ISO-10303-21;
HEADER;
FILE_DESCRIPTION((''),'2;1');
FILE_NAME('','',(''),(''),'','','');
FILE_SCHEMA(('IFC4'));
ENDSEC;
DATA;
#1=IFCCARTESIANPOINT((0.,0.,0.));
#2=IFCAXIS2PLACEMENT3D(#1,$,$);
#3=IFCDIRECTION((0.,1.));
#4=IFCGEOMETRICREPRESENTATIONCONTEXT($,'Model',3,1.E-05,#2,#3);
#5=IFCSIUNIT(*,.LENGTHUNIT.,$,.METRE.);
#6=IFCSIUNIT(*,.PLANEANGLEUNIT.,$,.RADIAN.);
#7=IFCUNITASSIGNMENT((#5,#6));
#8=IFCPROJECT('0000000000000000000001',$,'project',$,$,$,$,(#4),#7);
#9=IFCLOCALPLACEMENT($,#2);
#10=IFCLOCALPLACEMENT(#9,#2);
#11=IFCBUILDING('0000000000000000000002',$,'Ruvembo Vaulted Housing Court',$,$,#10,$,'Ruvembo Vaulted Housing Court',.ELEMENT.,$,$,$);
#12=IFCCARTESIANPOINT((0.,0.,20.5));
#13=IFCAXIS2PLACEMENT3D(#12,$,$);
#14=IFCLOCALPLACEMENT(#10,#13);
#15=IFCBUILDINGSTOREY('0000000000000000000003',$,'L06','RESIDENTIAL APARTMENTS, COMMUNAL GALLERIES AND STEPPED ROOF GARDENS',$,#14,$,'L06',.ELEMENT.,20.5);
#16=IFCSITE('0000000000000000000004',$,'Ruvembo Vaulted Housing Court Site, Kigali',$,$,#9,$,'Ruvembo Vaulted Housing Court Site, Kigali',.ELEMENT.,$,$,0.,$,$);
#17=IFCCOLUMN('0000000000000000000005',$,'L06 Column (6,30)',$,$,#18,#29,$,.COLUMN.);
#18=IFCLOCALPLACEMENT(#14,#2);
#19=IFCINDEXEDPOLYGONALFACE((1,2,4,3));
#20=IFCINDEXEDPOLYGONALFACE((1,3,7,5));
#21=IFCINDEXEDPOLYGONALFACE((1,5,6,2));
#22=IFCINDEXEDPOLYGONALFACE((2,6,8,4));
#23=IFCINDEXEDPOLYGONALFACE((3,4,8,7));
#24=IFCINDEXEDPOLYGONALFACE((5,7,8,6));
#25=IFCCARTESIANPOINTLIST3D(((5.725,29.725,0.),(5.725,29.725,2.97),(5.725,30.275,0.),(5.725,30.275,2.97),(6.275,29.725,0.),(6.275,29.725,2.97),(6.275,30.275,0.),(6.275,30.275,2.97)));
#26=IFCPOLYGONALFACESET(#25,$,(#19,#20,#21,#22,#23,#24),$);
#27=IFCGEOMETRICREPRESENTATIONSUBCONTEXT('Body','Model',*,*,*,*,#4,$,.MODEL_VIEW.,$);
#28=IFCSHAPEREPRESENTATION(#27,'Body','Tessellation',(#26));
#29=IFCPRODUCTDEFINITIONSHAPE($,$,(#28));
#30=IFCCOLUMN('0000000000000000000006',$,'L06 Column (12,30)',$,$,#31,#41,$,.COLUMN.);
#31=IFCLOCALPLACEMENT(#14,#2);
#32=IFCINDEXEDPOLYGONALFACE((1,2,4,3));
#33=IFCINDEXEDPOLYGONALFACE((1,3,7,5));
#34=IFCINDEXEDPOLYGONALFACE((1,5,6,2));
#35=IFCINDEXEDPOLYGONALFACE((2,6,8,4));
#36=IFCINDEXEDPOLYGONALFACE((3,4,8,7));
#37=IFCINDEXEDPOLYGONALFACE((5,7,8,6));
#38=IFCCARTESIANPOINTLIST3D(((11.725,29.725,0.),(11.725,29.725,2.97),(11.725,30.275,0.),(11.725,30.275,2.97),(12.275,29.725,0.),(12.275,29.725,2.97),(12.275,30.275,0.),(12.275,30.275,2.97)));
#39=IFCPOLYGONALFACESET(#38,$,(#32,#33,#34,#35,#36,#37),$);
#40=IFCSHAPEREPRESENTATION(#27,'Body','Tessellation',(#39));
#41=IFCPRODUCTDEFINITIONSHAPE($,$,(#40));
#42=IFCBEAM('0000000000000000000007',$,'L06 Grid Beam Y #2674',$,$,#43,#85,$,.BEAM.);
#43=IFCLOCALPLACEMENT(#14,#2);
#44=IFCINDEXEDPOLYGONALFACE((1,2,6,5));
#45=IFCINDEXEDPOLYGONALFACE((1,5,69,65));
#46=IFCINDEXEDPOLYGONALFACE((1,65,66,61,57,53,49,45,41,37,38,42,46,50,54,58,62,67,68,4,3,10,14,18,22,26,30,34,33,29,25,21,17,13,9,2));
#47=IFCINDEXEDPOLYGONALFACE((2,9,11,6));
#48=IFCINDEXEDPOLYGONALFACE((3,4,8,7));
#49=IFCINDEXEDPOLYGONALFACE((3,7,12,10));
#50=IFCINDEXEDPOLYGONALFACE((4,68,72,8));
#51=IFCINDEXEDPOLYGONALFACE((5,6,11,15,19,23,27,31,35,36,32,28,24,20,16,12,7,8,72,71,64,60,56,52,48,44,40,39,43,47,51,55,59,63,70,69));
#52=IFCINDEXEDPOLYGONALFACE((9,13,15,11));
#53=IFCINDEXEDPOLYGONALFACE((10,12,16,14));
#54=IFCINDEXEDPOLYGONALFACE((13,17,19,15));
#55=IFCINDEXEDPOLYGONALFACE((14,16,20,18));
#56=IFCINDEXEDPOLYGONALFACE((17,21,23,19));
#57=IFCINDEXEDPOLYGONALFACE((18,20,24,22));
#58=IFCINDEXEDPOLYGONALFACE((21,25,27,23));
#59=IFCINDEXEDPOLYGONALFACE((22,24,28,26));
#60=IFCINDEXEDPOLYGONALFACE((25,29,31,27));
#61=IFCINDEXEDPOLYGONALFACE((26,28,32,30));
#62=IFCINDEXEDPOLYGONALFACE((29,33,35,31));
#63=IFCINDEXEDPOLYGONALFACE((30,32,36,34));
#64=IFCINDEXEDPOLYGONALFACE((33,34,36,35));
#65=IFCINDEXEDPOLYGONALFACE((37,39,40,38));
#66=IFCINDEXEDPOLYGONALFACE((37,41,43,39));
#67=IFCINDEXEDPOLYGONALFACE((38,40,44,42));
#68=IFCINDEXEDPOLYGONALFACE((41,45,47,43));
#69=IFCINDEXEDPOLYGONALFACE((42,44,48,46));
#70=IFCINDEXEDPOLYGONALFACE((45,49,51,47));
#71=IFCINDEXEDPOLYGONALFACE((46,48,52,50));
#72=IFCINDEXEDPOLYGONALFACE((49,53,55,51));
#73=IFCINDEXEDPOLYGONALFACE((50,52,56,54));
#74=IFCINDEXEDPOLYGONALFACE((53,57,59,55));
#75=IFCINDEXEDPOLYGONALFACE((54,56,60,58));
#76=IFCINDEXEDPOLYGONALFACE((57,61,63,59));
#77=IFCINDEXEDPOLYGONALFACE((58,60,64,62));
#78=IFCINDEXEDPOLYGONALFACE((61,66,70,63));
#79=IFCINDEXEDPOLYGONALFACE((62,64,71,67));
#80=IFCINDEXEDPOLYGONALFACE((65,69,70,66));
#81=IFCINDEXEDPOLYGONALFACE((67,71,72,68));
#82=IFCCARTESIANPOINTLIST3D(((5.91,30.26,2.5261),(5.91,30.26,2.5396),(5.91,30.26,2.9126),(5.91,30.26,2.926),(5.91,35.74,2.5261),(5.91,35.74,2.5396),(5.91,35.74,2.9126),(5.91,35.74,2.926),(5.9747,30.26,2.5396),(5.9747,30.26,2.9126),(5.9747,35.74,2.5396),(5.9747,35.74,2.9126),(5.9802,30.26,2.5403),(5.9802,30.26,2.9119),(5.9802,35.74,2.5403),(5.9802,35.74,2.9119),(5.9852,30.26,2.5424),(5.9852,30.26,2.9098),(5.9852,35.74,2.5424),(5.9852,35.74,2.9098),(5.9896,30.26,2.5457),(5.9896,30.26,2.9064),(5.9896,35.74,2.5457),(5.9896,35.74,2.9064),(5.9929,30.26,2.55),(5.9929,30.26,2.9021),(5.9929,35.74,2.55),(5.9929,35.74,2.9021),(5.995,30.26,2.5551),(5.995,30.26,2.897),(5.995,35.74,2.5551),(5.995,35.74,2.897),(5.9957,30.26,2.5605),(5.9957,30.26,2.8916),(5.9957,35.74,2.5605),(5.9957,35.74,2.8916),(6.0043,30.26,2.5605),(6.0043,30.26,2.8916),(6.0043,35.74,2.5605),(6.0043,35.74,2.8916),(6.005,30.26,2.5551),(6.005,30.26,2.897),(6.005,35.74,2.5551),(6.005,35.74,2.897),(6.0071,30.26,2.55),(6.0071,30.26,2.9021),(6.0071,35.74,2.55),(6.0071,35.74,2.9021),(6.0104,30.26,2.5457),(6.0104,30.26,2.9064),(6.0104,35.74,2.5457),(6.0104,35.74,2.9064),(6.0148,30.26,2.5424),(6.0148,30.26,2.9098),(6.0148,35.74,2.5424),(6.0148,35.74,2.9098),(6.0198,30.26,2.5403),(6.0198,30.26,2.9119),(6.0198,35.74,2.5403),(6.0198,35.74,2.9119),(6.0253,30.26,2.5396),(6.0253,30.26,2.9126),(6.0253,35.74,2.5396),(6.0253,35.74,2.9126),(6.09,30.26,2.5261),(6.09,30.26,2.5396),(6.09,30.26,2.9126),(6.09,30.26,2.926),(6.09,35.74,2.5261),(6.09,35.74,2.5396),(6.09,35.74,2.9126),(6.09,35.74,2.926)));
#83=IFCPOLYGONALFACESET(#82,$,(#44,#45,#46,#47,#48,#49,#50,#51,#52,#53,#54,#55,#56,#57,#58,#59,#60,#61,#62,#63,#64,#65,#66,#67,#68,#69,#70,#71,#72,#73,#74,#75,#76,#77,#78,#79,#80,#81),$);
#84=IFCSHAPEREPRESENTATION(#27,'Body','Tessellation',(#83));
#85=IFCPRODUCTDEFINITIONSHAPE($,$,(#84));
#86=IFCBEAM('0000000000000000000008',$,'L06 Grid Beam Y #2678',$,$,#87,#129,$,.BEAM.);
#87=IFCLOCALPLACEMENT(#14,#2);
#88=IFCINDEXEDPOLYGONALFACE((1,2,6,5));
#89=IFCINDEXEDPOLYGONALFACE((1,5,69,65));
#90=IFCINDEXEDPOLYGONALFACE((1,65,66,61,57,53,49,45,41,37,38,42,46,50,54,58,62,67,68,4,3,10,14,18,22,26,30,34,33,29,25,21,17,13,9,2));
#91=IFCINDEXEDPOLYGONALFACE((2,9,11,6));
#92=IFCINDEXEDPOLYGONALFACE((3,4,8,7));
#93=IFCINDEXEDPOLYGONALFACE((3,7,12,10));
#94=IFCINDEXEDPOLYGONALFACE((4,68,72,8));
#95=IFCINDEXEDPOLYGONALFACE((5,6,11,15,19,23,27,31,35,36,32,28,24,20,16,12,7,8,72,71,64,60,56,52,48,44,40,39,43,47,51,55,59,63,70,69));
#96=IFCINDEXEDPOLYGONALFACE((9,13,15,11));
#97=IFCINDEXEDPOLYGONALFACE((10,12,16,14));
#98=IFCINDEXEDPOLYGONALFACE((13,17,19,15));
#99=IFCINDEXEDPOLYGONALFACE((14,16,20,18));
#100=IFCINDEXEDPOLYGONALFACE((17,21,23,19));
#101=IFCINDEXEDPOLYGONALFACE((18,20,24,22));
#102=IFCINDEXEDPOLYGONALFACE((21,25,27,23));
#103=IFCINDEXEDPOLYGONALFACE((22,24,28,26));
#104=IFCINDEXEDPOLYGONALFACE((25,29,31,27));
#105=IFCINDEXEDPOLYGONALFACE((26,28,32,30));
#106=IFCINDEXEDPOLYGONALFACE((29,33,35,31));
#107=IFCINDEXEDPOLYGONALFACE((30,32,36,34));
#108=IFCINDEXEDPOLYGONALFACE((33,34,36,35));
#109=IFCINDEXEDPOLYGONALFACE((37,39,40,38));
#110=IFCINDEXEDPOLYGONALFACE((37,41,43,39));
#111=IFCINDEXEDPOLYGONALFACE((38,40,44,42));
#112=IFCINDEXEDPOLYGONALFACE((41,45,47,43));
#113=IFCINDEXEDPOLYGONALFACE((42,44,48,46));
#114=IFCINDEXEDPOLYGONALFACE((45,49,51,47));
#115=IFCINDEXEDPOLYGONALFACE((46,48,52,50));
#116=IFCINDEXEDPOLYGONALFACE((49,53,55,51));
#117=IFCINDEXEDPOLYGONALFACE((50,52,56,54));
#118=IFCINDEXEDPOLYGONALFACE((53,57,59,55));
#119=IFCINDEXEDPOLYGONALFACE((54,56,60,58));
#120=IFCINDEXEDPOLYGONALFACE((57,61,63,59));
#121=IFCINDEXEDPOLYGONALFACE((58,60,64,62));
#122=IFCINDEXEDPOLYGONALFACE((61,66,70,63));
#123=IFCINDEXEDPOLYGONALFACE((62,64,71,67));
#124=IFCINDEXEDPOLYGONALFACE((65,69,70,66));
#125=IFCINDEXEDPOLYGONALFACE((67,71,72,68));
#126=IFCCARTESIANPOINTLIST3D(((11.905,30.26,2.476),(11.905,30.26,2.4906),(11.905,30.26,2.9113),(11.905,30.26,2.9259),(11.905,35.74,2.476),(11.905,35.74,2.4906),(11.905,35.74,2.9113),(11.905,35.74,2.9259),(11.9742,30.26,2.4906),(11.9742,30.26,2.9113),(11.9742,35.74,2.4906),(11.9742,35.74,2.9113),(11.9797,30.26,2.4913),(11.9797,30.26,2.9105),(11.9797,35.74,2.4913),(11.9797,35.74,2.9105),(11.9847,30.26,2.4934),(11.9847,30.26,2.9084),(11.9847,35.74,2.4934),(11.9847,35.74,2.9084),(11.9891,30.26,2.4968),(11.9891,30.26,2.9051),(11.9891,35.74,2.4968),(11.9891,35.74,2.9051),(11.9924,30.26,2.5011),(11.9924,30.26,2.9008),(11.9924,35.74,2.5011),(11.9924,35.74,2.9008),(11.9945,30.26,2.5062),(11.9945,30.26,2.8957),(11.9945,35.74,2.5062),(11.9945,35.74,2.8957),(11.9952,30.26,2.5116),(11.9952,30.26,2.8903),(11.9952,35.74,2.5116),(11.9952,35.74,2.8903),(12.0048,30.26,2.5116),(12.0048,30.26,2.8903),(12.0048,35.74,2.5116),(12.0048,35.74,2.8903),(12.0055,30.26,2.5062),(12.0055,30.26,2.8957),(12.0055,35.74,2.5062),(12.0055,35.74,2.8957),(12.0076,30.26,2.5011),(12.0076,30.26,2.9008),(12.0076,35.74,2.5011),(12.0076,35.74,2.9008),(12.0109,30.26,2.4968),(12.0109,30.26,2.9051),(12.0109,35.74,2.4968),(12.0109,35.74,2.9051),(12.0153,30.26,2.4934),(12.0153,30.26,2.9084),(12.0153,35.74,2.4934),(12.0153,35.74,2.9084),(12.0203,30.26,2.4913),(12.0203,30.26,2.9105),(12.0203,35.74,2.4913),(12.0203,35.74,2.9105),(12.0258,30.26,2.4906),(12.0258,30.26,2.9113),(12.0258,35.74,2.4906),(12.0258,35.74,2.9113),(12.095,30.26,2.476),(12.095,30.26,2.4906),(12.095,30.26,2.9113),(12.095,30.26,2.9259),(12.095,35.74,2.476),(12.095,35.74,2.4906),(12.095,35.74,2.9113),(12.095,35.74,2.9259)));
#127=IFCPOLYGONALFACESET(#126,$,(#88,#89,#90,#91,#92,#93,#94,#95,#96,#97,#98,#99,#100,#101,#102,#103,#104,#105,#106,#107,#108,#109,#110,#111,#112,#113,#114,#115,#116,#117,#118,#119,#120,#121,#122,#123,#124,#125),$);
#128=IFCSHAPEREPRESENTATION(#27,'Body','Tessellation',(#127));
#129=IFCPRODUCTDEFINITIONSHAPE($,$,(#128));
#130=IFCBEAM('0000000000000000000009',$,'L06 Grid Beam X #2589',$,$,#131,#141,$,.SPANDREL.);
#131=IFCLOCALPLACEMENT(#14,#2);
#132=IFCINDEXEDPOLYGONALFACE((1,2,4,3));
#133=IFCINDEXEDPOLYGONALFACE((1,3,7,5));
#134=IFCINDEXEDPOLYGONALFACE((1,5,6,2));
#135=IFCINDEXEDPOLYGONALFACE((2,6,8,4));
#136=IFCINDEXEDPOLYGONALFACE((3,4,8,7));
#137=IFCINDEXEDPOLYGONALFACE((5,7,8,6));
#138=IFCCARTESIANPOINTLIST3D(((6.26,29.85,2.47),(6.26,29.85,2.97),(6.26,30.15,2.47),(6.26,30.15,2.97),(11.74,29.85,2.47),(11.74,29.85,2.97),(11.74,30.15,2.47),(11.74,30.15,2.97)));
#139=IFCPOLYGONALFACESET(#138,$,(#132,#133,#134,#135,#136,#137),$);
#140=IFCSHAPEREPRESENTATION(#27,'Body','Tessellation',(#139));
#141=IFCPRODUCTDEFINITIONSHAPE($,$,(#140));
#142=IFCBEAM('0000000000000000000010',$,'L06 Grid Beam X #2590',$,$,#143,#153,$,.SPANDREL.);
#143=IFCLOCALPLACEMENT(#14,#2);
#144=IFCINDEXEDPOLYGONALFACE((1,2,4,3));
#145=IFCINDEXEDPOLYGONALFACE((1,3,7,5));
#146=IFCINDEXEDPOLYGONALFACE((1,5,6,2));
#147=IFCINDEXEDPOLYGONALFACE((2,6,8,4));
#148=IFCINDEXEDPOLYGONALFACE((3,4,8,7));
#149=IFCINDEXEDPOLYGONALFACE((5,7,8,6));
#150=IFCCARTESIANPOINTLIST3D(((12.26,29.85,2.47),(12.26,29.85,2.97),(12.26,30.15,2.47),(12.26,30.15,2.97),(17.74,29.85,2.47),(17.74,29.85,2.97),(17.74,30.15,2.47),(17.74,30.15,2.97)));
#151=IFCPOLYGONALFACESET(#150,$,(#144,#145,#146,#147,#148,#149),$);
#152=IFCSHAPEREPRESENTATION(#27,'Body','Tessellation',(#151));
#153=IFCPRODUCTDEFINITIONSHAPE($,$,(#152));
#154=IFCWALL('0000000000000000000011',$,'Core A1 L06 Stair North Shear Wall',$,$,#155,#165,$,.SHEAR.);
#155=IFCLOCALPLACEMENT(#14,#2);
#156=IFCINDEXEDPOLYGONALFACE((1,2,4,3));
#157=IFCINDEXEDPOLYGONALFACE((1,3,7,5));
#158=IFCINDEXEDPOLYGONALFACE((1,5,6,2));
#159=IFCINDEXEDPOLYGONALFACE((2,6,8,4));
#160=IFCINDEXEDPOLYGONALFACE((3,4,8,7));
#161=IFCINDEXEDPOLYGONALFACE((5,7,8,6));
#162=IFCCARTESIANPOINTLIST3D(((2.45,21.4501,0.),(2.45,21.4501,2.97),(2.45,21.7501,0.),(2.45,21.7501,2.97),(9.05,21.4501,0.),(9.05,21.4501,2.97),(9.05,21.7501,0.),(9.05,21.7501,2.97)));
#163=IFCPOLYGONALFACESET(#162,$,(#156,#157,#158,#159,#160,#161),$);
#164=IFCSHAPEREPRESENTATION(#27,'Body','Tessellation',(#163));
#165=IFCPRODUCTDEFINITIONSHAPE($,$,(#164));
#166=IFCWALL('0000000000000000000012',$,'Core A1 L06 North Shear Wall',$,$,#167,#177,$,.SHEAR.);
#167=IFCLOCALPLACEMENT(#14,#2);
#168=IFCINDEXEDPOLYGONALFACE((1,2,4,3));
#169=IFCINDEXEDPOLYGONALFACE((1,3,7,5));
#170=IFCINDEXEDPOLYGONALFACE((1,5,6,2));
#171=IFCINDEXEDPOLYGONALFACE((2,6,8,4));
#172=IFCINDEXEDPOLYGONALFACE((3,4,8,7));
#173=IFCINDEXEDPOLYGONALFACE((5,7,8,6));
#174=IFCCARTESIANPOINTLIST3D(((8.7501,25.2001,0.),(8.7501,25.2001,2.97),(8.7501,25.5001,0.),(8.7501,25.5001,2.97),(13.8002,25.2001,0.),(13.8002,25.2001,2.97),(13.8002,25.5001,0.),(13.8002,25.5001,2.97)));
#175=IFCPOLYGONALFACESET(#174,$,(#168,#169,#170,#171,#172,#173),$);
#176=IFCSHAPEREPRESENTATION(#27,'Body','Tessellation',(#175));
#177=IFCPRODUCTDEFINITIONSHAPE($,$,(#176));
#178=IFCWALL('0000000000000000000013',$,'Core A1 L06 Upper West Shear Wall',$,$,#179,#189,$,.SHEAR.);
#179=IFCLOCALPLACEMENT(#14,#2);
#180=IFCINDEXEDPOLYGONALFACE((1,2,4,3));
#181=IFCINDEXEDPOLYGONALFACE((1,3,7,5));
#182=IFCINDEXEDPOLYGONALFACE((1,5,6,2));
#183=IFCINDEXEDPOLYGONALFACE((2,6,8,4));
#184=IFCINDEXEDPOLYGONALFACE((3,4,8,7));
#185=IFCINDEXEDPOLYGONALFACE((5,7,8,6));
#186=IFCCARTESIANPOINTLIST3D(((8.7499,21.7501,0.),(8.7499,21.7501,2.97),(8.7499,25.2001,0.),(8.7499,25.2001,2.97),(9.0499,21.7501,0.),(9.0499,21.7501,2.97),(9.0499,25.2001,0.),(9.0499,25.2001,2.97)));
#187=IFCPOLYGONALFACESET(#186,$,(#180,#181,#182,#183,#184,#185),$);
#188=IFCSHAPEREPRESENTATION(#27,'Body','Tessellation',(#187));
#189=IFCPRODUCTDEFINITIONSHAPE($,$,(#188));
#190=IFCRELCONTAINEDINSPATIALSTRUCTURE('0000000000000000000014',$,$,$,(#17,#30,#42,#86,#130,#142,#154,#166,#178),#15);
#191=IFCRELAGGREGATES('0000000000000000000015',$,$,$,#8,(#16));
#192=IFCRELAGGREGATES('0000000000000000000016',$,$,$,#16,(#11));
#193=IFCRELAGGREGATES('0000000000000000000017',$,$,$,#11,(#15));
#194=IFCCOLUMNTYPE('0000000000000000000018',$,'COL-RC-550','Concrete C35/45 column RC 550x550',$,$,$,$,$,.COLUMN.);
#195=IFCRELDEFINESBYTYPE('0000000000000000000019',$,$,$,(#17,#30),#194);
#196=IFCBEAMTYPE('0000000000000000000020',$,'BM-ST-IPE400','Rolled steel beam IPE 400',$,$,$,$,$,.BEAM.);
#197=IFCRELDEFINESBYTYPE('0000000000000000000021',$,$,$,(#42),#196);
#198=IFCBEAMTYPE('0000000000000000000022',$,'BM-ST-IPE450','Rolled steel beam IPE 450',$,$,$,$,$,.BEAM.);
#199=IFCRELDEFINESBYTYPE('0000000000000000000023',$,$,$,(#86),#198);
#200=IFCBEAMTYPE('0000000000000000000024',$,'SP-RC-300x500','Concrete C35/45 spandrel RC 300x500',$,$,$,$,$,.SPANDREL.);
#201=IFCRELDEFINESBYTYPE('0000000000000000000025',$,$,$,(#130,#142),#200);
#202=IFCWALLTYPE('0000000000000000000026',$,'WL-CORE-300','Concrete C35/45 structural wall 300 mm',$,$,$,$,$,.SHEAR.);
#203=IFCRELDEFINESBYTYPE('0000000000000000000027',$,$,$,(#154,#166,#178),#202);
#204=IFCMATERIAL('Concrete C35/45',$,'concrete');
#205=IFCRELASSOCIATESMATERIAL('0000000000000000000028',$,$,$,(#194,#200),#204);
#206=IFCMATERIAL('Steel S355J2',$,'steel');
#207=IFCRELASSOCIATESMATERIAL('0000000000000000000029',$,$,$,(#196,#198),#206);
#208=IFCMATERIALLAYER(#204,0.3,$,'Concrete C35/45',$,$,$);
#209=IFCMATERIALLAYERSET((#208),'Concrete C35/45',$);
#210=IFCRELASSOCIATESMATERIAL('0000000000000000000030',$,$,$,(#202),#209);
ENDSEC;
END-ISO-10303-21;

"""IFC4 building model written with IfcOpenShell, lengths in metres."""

from ifc_helpers import new_model, si_unit, direction, frame, frame_2d, origin, origin_2d, place, context, subcontext, project, spatial, rectangle, i_section, extrude, material, layer, layer_set, material_profile, profile_set, type_object, element, save


model = new_model("IFC4")

# Units and contexts
model_context = context("Model", 3, precision=1e-05, world=origin(), true_north=direction((0.0, 1.0)))
body_context = subcontext(model_context, "Body", "Model", "MODEL_VIEW")
ifc_project = project(units=[si_unit("LENGTHUNIT", "METRE"), si_unit("PLANEANGLEUNIT", "RADIAN")], contexts=[model_context])

# Site, building, storey
site_placement = place(None, origin())
site = spatial("IfcSite", under=ifc_project, at=site_placement, Name="Ruvembo Vaulted Housing Court Site, Kigali", LongName="Ruvembo Vaulted Housing Court Site, Kigali", CompositionType="ELEMENT", RefElevation=0.0)
building_placement = place(site_placement, origin())
building = spatial("IfcBuilding", under=site, at=building_placement, Name="Ruvembo Vaulted Housing Court", LongName="Ruvembo Vaulted Housing Court", CompositionType="ELEMENT")
storey_placement = place(building_placement, frame((0.0, 0.0, 20.5)))
storey = spatial("IfcBuildingStorey", under=building, at=storey_placement, Name="L06", Description="RESIDENTIAL APARTMENTS, COMMUNAL GALLERIES AND STEPPED ROOF GARDENS", LongName="L06", CompositionType="ELEMENT", Elevation=20.5)

# Columns
ifc_material_1 = material(Name="Concrete C35/45", Category="concrete")
ifc_material_profile_1 = material_profile(ifc_material_1, rectangle(XDim=0.55, YDim=0.55, at=origin_2d()), Name="RC 550x550")
ifc_profile_set_1 = profile_set([ifc_material_profile_1], Name="Concrete C35/45")
column_type = type_object("IfcColumnType", Name="COL-RC-550", Description="Concrete C35/45 column RC 550x550", PredefinedType="COLUMN", material=ifc_profile_set_1)
for number, where, z_axis, x_axis, name in (
    (1, (6.0, 30.0, 0.0), (0.0, 0.0, 1.0), (1.0, 0.0, 0.0), "L06 Column (6,30)"),
    (2, (12.0, 30.0, 0.0), (0.0, 0.0, 1.0), (1.0, 0.0, 0.0), "L06 Column (12,30)"),
):
    element("IfcColumn", number, at=place(storey_placement, frame(where, z_axis=z_axis, x_axis=x_axis)), inside=storey, type_object=column_type, Name=name, PredefinedType="COLUMN", context=body_context, shape_type="SweptSolid", body=[
        extrude(rectangle(XDim=0.55, YDim=0.55, at=origin_2d()), origin(), (0.0, 0.0, 1.0), 2.97),
    ])

# Beams
ifc_material_2 = material(Name="Steel S355J2", Category="steel")
ifc_material_profile_2 = material_profile(ifc_material_2, i_section(OverallWidth=0.1799, OverallDepth=0.3999, WebThickness=0.0085, FlangeThickness=0.0134, FilletRadius=0.021, at=origin_2d()), Name="IPE 400")
ifc_profile_set_2 = profile_set([ifc_material_profile_2], Name="Steel S355J2")
beam_type_1 = type_object("IfcBeamType", Name="BM-ST-IPE400", Description="Rolled steel beam IPE 400", PredefinedType="BEAM", material=ifc_profile_set_2)
beam_1_placement = place(storey_placement, frame((6.0, 30.26, 2.7261), z_axis=(0.0, 1.0, 0.0), x_axis=(-1.0, 0.0, 0.0)))
element("IfcBeam", 3, at=beam_1_placement, inside=storey, type_object=beam_type_1, Name="L06 Grid Beam Y #2674", PredefinedType="BEAM", context=body_context, shape_type="SweptSolid", body=[
    extrude(i_section(OverallWidth=0.1799, OverallDepth=0.3999, WebThickness=0.0085, FlangeThickness=0.0134, FilletRadius=0.021, at=origin_2d()), origin(), (0.0, 0.0, 1.0), 5.48),
])
ifc_material_profile_3 = material_profile(ifc_material_2, i_section(OverallWidth=0.1899, OverallDepth=0.45, WebThickness=0.0095, FlangeThickness=0.0146, FilletRadius=0.021, at=origin_2d()), Name="IPE 450")
ifc_profile_set_3 = profile_set([ifc_material_profile_3], Name="Steel S355J2")
beam_type_2 = type_object("IfcBeamType", Name="BM-ST-IPE450", Description="Rolled steel beam IPE 450", PredefinedType="BEAM", material=ifc_profile_set_3)
beam_2_placement = place(storey_placement, frame((12.0, 30.26, 2.7009), z_axis=(0.0, 1.0, 0.0), x_axis=(-1.0, 0.0, 0.0)))
element("IfcBeam", 4, at=beam_2_placement, inside=storey, type_object=beam_type_2, Name="L06 Grid Beam Y #2678", PredefinedType="BEAM", context=body_context, shape_type="SweptSolid", body=[
    extrude(i_section(OverallWidth=0.1899, OverallDepth=0.45, WebThickness=0.0095, FlangeThickness=0.0146, FilletRadius=0.021, at=origin_2d()), origin(), (0.0, 0.0, 1.0), 5.48),
])
ifc_material_profile_4 = material_profile(ifc_material_1, rectangle(XDim=0.3, YDim=0.5, at=origin_2d()), Name="RC 300x500")
ifc_profile_set_4 = profile_set([ifc_material_profile_4], Name="Concrete C35/45")
beam_type_3 = type_object("IfcBeamType", Name="SP-RC-300x500", Description="Concrete C35/45 spandrel RC 300x500", PredefinedType="SPANDREL", material=ifc_profile_set_4)
for number, where, z_axis, x_axis, name in (
    (5, (6.26, 30.0, 2.72), (1.0, 0.0, 0.0), (0.0, 1.0, 0.0), "L06 Grid Beam X #2589"),
    (6, (12.26, 30.0, 2.72), (1.0, 0.0, 0.0), (0.0, 1.0, 0.0), "L06 Grid Beam X #2590"),
):
    element("IfcBeam", number, at=place(storey_placement, frame(where, z_axis=z_axis, x_axis=x_axis)), inside=storey, type_object=beam_type_3, Name=name, PredefinedType="SPANDREL", context=body_context, shape_type="SweptSolid", body=[
        extrude(rectangle(XDim=0.3, YDim=0.5, at=origin_2d()), origin(), (0.0, 0.0, 1.0), 5.48),
    ])

# Walls
ifc_layer_1 = layer(ifc_material_1, 0.3, Name="Concrete C35/45")
ifc_layer_set_1 = layer_set([ifc_layer_1], Name="Concrete C35/45")
wall_type_1 = type_object("IfcWallType", Name="WL-CORE-300", Description="Concrete C35/45 structural wall 300 mm", PredefinedType="SHEAR", material=ifc_layer_set_1)
wall_1_placement = place(storey_placement, frame((9.05, 21.6001, 0.0), z_axis=(0.0, 0.0, 1.0), x_axis=(-1.0, 0.0, 0.0)))
element("IfcWall", 7, at=wall_1_placement, inside=storey, type_object=wall_type_1, Name="Core A1 L06 Stair North Shear Wall", PredefinedType="SHEAR", context=body_context, shape_type="SweptSolid", body=[
    extrude(rectangle(XDim=6.6001, YDim=0.3, at=frame_2d((3.3, 0.0))), origin(), (0.0, 0.0, 1.0), 2.97),
])
wall_2_placement = place(storey_placement, frame((13.8, 25.3501, 0.0), z_axis=(0.0, 0.0, 1.0), x_axis=(-1.0, 0.0, 0.0)))
element("IfcWall", 8, at=wall_2_placement, inside=storey, type_object=wall_type_1, Name="Core A1 L06 North Shear Wall", PredefinedType="SHEAR", context=body_context, shape_type="SweptSolid", body=[
    extrude(rectangle(XDim=5.05, YDim=0.3, at=frame_2d((2.5249, 0.0))), origin(), (0.0, 0.0, 1.0), 2.97),
])
wall_3_placement = place(storey_placement, frame((8.8999, 21.75, 0.0), z_axis=(0.0, 0.0, 1.0), x_axis=(0.0, 1.0, 0.0)))
element("IfcWall", 9, at=wall_3_placement, inside=storey, type_object=wall_type_1, Name="Core A1 L06 Upper West Shear Wall", PredefinedType="SHEAR", context=body_context, shape_type="SweptSolid", body=[
    extrude(rectangle(XDim=3.45, YDim=0.3, at=frame_2d((1.7251, 0.0))), origin(), (0.0, 0.0, 1.0), 2.97),
])

save(model, "model.ifc")
